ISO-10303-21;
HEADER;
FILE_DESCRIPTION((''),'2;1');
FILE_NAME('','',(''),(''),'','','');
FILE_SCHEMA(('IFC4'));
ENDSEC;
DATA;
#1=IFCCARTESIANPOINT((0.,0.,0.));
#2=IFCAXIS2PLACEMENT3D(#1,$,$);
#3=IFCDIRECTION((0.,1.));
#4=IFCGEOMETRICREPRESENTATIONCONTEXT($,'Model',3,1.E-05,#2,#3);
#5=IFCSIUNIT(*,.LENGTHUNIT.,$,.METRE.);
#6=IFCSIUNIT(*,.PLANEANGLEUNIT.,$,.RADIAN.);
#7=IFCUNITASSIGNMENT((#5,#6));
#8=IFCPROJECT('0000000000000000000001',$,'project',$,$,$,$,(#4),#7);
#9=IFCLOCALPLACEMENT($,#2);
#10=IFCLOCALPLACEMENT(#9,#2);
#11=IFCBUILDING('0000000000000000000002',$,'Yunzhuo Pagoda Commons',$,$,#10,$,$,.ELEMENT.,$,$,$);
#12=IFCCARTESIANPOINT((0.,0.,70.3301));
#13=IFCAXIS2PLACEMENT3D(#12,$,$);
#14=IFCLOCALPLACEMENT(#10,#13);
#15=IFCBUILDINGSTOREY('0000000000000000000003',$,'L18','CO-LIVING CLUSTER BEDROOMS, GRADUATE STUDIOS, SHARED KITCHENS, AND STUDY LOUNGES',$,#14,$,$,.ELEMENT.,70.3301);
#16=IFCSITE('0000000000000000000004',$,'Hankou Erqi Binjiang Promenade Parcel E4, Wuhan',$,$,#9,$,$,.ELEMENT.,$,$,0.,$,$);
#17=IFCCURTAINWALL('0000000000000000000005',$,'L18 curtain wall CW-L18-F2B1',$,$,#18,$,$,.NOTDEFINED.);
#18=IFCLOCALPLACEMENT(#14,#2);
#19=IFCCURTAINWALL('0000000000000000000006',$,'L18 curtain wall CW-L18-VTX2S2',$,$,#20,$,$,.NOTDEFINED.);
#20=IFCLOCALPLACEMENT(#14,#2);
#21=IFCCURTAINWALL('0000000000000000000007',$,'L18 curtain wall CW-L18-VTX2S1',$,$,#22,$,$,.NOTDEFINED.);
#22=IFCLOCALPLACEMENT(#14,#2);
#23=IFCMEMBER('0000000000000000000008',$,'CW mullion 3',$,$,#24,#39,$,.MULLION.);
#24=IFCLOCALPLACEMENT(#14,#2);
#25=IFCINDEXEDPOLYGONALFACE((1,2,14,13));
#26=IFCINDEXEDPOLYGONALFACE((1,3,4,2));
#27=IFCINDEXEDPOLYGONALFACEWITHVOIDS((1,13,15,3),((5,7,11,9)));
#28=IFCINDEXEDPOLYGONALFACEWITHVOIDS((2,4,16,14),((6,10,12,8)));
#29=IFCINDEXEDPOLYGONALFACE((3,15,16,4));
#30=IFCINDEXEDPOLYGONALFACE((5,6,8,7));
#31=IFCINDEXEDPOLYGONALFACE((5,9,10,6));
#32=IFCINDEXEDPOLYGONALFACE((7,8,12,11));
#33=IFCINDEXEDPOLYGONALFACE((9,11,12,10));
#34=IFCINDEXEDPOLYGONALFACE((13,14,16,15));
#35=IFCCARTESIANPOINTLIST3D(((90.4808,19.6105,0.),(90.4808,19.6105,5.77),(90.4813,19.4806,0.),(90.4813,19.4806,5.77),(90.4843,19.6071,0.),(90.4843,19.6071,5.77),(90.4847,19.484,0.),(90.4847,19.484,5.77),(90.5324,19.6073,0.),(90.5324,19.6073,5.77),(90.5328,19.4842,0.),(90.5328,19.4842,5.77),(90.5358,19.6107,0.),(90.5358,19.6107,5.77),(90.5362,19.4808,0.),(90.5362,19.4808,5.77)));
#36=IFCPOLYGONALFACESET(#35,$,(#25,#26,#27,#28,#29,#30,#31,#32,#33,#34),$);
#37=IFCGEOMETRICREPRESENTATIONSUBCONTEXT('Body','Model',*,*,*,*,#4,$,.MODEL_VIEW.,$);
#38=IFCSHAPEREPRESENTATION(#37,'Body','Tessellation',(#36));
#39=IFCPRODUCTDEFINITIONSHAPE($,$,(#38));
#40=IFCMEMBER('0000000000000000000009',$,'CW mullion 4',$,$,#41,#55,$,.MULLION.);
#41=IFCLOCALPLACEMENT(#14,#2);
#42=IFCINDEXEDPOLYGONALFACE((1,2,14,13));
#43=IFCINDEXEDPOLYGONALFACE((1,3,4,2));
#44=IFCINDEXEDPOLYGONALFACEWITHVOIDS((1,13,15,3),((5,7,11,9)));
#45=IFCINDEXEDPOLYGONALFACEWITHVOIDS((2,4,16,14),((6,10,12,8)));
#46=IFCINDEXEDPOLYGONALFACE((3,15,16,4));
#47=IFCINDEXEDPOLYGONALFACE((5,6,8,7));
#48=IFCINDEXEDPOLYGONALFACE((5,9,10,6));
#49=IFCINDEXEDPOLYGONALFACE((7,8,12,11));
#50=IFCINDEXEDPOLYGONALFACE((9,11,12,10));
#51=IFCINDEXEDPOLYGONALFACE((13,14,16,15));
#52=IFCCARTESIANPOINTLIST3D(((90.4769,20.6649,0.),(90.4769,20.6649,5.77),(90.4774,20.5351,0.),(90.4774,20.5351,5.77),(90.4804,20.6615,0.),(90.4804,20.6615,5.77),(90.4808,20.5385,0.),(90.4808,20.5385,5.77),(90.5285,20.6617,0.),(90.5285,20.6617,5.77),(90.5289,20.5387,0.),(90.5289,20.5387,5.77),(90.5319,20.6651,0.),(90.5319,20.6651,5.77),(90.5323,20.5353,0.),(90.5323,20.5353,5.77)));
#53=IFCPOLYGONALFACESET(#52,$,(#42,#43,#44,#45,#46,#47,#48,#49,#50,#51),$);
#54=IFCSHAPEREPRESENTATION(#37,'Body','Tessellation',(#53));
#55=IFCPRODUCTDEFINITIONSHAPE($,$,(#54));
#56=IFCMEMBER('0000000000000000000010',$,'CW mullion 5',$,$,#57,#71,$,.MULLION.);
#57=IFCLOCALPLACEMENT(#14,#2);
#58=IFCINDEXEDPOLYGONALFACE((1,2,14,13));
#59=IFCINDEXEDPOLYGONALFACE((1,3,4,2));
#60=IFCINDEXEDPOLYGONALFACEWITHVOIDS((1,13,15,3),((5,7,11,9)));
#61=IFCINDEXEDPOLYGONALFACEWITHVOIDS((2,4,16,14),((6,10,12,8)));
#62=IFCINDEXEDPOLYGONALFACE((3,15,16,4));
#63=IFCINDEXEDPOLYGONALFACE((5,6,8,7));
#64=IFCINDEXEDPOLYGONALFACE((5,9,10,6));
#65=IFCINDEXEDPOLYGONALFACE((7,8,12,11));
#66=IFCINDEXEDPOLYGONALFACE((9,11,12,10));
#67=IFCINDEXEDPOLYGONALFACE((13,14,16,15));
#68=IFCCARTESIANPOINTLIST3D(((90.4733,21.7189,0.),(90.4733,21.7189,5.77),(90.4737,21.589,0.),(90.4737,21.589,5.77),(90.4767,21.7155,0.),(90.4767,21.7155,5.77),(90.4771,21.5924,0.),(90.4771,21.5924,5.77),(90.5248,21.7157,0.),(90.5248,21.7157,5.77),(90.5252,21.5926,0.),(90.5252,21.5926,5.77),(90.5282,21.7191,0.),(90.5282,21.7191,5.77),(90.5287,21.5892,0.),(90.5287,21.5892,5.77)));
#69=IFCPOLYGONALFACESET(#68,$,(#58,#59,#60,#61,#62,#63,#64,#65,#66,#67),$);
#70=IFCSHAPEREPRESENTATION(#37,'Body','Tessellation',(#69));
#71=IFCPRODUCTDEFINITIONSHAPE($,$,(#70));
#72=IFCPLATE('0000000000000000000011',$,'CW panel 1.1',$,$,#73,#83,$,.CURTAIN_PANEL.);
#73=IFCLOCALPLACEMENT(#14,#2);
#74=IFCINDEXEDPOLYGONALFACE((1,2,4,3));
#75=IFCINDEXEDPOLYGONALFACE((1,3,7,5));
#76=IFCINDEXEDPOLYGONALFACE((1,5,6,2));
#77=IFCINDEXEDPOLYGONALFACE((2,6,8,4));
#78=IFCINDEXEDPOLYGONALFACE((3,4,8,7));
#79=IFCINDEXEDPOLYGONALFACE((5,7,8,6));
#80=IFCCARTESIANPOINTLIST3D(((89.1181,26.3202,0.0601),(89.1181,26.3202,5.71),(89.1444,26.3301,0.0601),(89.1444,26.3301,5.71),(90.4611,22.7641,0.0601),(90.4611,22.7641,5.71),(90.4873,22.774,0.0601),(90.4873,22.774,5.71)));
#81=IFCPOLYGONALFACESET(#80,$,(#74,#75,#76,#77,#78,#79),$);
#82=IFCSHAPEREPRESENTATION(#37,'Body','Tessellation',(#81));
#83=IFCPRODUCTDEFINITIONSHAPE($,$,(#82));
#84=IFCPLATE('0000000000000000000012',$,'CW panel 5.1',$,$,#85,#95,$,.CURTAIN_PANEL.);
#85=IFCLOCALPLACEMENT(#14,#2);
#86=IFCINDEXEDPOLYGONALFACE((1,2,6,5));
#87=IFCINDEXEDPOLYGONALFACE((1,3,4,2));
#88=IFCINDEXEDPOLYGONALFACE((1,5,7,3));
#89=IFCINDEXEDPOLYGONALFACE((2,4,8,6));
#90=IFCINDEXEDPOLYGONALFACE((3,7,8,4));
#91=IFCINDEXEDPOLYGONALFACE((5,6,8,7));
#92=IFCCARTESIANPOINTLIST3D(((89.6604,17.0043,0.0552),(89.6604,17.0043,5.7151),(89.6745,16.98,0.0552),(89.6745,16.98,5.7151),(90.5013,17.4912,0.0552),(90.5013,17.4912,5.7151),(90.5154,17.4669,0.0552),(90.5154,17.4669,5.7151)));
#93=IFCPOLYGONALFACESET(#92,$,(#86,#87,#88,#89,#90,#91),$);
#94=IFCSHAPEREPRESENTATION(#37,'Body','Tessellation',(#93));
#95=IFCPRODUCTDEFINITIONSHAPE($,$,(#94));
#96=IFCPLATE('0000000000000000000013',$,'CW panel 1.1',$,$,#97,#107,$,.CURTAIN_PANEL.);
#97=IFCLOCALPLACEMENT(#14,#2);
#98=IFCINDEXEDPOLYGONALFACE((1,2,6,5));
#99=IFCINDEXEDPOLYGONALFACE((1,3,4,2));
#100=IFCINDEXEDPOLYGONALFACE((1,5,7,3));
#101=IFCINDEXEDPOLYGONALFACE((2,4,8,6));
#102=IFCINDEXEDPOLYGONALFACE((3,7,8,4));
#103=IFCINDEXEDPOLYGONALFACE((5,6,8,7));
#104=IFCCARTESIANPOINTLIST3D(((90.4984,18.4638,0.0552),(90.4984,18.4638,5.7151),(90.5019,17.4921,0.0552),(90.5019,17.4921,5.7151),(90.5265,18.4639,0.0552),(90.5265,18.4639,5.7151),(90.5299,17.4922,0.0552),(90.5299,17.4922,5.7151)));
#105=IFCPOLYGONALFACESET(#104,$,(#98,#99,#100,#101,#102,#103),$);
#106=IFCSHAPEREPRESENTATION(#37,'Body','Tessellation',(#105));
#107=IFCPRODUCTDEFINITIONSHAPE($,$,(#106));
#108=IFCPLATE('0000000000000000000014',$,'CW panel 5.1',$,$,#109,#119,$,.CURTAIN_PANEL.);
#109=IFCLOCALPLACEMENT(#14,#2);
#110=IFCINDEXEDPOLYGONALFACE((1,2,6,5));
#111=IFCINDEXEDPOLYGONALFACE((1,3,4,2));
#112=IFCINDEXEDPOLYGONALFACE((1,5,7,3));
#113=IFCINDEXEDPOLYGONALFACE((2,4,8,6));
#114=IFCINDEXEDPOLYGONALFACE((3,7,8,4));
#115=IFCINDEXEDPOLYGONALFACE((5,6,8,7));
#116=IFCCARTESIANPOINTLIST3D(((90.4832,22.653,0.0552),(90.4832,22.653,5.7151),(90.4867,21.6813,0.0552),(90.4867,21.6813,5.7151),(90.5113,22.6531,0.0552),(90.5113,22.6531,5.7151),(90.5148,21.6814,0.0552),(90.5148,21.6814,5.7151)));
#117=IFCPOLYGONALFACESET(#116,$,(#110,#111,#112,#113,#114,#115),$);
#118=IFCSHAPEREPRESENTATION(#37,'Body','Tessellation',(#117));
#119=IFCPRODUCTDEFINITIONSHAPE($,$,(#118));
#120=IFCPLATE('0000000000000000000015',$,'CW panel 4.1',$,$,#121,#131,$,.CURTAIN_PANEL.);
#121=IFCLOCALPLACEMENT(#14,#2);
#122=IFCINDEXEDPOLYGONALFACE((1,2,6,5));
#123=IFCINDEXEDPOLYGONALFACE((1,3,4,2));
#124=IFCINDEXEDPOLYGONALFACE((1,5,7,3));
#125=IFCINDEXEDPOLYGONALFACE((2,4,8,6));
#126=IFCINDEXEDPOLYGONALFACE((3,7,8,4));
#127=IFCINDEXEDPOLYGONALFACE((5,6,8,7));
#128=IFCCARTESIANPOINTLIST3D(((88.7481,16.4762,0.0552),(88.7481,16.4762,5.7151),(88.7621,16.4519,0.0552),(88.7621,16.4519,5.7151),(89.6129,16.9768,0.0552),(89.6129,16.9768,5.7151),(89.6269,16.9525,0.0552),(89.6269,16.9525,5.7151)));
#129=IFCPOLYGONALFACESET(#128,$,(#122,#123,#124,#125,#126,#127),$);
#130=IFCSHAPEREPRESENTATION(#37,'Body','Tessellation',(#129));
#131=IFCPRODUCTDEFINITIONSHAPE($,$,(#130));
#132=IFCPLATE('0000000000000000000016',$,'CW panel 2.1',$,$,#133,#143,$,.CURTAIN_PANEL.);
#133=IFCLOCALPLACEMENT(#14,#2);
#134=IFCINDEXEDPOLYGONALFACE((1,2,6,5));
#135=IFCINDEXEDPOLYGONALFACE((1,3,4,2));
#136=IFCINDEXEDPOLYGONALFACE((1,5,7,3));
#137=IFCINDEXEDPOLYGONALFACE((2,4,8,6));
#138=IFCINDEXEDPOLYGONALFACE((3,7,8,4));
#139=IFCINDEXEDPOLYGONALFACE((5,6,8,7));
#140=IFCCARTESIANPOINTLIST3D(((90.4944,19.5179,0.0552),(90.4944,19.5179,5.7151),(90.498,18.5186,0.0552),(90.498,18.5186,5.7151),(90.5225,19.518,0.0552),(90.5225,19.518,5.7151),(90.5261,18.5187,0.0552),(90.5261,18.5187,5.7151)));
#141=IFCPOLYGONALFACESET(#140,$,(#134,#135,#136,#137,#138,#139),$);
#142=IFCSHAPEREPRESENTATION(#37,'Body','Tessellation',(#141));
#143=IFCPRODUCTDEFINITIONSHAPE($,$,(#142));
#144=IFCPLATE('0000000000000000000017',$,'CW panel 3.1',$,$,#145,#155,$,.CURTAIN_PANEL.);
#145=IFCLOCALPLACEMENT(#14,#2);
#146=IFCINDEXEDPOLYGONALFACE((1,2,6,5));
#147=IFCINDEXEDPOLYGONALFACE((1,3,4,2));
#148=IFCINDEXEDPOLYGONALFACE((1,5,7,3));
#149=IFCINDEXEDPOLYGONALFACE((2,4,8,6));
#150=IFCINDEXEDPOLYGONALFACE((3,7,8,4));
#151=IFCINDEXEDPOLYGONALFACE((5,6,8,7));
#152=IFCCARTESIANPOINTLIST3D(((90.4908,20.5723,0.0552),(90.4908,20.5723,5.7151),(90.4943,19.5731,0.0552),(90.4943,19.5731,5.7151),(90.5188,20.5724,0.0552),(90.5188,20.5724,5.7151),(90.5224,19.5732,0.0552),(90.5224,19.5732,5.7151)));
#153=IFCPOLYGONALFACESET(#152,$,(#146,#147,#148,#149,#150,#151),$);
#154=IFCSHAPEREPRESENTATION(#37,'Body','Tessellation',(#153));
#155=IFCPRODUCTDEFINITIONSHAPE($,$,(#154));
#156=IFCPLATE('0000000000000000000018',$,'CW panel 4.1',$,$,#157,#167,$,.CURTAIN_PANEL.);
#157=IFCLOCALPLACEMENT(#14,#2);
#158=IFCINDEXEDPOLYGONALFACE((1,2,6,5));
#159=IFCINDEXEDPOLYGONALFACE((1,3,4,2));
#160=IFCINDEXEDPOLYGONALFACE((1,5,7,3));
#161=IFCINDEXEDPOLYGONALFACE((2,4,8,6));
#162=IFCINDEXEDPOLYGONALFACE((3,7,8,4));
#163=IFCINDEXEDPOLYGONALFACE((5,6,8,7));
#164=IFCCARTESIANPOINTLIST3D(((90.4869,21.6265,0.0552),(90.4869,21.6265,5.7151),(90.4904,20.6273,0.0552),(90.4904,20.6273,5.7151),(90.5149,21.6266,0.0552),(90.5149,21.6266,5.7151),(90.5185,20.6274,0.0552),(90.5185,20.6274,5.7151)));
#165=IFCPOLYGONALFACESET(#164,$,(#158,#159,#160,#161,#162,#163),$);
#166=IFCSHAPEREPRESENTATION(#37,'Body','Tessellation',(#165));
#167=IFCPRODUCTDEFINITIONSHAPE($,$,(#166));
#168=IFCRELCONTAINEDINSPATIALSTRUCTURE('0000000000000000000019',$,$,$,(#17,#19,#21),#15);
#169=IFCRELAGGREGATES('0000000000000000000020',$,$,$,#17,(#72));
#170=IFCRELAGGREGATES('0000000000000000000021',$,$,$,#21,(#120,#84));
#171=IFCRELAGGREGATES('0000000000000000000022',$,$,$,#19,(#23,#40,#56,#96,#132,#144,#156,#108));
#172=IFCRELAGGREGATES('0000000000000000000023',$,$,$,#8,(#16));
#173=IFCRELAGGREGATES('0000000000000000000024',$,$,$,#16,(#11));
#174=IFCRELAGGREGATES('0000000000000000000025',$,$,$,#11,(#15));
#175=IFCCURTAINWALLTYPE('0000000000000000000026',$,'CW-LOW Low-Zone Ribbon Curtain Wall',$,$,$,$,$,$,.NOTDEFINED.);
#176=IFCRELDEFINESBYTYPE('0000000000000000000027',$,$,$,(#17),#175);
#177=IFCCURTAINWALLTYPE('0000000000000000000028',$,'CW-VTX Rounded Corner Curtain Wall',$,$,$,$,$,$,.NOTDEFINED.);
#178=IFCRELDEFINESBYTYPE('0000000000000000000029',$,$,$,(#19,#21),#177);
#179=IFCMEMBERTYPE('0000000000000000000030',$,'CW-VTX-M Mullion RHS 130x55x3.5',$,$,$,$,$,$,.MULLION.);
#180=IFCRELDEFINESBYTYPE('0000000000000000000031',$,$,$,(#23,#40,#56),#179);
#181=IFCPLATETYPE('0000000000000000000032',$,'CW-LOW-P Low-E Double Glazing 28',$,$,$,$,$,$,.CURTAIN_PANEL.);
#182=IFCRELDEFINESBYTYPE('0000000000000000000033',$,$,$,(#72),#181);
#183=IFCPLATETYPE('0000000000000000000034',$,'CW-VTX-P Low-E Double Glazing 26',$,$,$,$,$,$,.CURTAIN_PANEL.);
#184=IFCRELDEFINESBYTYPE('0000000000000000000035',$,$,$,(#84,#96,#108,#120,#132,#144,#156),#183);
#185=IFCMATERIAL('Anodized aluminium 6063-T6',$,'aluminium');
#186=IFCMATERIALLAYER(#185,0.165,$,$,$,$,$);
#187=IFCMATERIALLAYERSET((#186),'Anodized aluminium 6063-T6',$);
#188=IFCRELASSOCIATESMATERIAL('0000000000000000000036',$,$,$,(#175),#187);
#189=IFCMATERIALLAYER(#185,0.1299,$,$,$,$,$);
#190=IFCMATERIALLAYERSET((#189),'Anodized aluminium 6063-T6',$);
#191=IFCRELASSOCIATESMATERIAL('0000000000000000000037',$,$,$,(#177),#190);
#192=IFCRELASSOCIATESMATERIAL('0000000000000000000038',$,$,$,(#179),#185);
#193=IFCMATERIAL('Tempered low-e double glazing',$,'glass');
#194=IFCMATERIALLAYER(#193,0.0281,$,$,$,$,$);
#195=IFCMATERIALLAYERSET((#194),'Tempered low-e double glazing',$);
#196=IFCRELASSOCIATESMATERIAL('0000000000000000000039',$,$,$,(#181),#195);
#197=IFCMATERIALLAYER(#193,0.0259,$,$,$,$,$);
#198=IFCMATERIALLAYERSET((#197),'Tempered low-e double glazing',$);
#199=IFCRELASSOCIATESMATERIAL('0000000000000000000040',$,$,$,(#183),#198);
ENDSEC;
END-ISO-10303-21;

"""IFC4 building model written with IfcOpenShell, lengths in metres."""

from ifc_helpers import new_model, si_unit, direction, frame, origin, origin_2d, place, context, subcontext, project, spatial, rectangle, hollow_rectangle, extrude, source, transform, mapped, material, layer, layer_set, material_profile, profile_set, type_object, element, aggregate, save


model = new_model("IFC4")

# Units and contexts
model_context = context("Model", 3, precision=1e-05, world=origin(), true_north=direction((0.0, 1.0)))
body_context = subcontext(model_context, "Body", "Model", "MODEL_VIEW")
ifc_project = project(units=[si_unit("LENGTHUNIT", "METRE"), si_unit("PLANEANGLEUNIT", "RADIAN")], contexts=[model_context])

# Site, building, storey
site_placement = place(None, origin())
site = spatial("IfcSite", under=ifc_project, at=site_placement, Name="Hankou Erqi Binjiang Promenade Parcel E4, Wuhan", CompositionType="ELEMENT", RefElevation=0.0)
building_placement = place(site_placement, origin())
building = spatial("IfcBuilding", under=site, at=building_placement, Name="Yunzhuo Pagoda Commons", CompositionType="ELEMENT")
storey_placement = place(building_placement, frame((0.0, 0.0, 70.3301)))
storey = spatial("IfcBuildingStorey", under=building, at=storey_placement, Name="L18", Description="CO-LIVING CLUSTER BEDROOMS, GRADUATE STUDIOS, SHARED KITCHENS, AND STUDY LOUNGES", CompositionType="ELEMENT", Elevation=70.3301)

# Curtain walls
ifc_material_1 = material(Name="Anodized aluminium 6063-T6", Category="aluminium")
ifc_layer_1 = layer(ifc_material_1, 0.165)
ifc_layer_set_1 = layer_set([ifc_layer_1], Name="Anodized aluminium 6063-T6")
curtain_wall_type_1 = type_object("IfcCurtainWallType", Name="CW-LOW Low-Zone Ribbon Curtain Wall", PredefinedType="NOTDEFINED", material=ifc_layer_set_1)
curtain_wall_1_placement = place(storey_placement, origin())
curtain_wall_1 = element("IfcCurtainWall", 1, at=curtain_wall_1_placement, inside=storey, type_object=curtain_wall_type_1, Name="L18 curtain wall CW-L18-F2B1", PredefinedType="NOTDEFINED")
ifc_layer_2 = layer(ifc_material_1, 0.1299)
ifc_layer_set_2 = layer_set([ifc_layer_2], Name="Anodized aluminium 6063-T6")
curtain_wall_type_2 = type_object("IfcCurtainWallType", Name="CW-VTX Rounded Corner Curtain Wall", PredefinedType="NOTDEFINED", material=ifc_layer_set_2)
curtain_wall_2_placement = place(storey_placement, origin())
curtain_wall_2 = element("IfcCurtainWall", 2, at=curtain_wall_2_placement, inside=storey, type_object=curtain_wall_type_2, Name="L18 curtain wall CW-L18-VTX2S2", PredefinedType="NOTDEFINED")
curtain_wall_3_placement = place(storey_placement, origin())
curtain_wall_3 = element("IfcCurtainWall", 3, at=curtain_wall_3_placement, inside=storey, type_object=curtain_wall_type_2, Name="L18 curtain wall CW-L18-VTX2S1", PredefinedType="NOTDEFINED")

# Members
ifc_material_profile_1 = material_profile(ifc_material_1, hollow_rectangle(XDim=0.0549, YDim=0.1299, WallThickness=0.0034, at=origin_2d()), Name="Anodized aluminium 6063-T6")
ifc_profile_set_1 = profile_set([ifc_material_profile_1], Name="Anodized aluminium 6063-T6")
member_type_1 = type_object("IfcMemberType", Name="CW-VTX-M Mullion RHS 130x55x3.5", PredefinedType="MULLION", material=ifc_profile_set_1)
shared_shape_1 = source(origin(), body_context, "Body", "SweptSolid", [
    extrude(hollow_rectangle(XDim=0.0549, YDim=0.1299, WallThickness=0.0034, at=origin_2d()), origin(), (0.0, 0.0, 1.0), 5.77),
])
member_1_placement = place(storey_placement, frame((90.5085, 19.5457, 0.0), z_axis=(0.0, 0.0, 1.0), x_axis=(-0.999994, -0.003586, 0.0)))
member_1 = element("IfcMember", 4, at=member_1_placement, type_object=member_type_1, Name="CW mullion 3", PredefinedType="MULLION", context=body_context, shape_type="MappedRepresentation", body=[
    mapped(shared_shape_1, transform((0.0, 0.0, 0.0), scale=1.0)),
])
member_2_placement = place(storey_placement, frame((90.5046, 20.6001, 0.0), z_axis=(0.0, 0.0, 1.0), x_axis=(-0.999994, -0.003586, 0.0)))
member_2 = element("IfcMember", 5, at=member_2_placement, type_object=member_type_1, Name="CW mullion 4", PredefinedType="MULLION", context=body_context, shape_type="MappedRepresentation", body=[
    mapped(shared_shape_1, transform((0.0, 0.0, 0.0), scale=1.0)),
])
member_3_placement = place(storey_placement, frame((90.501, 21.6541, 0.0), z_axis=(0.0, 0.0, 1.0), x_axis=(-0.999994, -0.003586, 0.0)))
member_3 = element("IfcMember", 6, at=member_3_placement, type_object=member_type_1, Name="CW mullion 5", PredefinedType="MULLION", context=body_context, shape_type="MappedRepresentation", body=[
    mapped(shared_shape_1, transform((0.0, 0.0, 0.0), scale=1.0)),
])

# Plates
ifc_material_2 = material(Name="Tempered low-e double glazing", Category="glass")
ifc_layer_3 = layer(ifc_material_2, 0.0281)
ifc_layer_set_3 = layer_set([ifc_layer_3], Name="Tempered low-e double glazing")
plate_type_1 = type_object("IfcPlateType", Name="CW-LOW-P Low-E Double Glazing 28", PredefinedType="CURTAIN_PANEL", material=ifc_layer_set_3)
shared_shape_2 = source(origin(), body_context, "Body", "SweptSolid", [
    extrude(rectangle(XDim=3.8013, YDim=0.0281, at=origin_2d()), origin(), (0.0, 0.0, 1.0), 5.6499),
])
plate_1_placement = place(storey_placement, frame((89.8027, 24.5471, 0.0601), z_axis=(0.0, 0.0, 1.0), x_axis=(-0.353291, 0.935513, 0.0)))
plate_1 = element("IfcPlate", 7, at=plate_1_placement, type_object=plate_type_1, Name="CW panel 1.1", PredefinedType="CURTAIN_PANEL", context=body_context, shape_type="MappedRepresentation", body=[
    mapped(shared_shape_2, transform((0.0, 0.0, 0.0), scale=1.0)),
])
aggregate(curtain_wall_1, [plate_1])
ifc_layer_4 = layer(ifc_material_2, 0.0259)
ifc_layer_set_4 = layer_set([ifc_layer_4], Name="Tempered low-e double glazing")
plate_type_2 = type_object("IfcPlateType", Name="CW-VTX-P Low-E Double Glazing 26", PredefinedType="CURTAIN_PANEL", material=ifc_layer_set_4)
shared_shape_3 = source(origin(), body_context, "Body", "SweptSolid", [
    extrude(rectangle(XDim=0.9717, YDim=0.0281, at=origin_2d()), origin(), (0.0, 0.0, 1.0), 5.6599),
])
plate_2_placement = place(storey_placement, frame((90.0879, 17.2356, 0.0552), z_axis=(0.0, 0.0, 1.0), x_axis=(0.865425, 0.501039, 0.0)))
plate_2 = element("IfcPlate", 8, at=plate_2_placement, type_object=plate_type_2, Name="CW panel 5.1", PredefinedType="CURTAIN_PANEL", context=body_context, shape_type="MappedRepresentation", body=[
    mapped(shared_shape_3, transform((0.0, 0.0, 0.0), scale=1.0)),
])
plate_3_placement = place(storey_placement, frame((90.5142, 17.978, 0.0552), z_axis=(0.0, 0.0, 1.0), x_axis=(-0.003586, 0.999994, 0.0)))
plate_3 = element("IfcPlate", 9, at=plate_3_placement, type_object=plate_type_2, Name="CW panel 1.1", PredefinedType="CURTAIN_PANEL", context=body_context, shape_type="MappedRepresentation", body=[
    mapped(shared_shape_3, transform((0.0, 0.0, 0.0), scale=1.0)),
])
plate_4_placement = place(storey_placement, frame((90.499, 22.1672, 0.0552), z_axis=(0.0, 0.0, 1.0), x_axis=(-0.003586, 0.999994, 0.0)))
plate_4 = element("IfcPlate", 10, at=plate_4_placement, type_object=plate_type_2, Name="CW panel 5.1", PredefinedType="CURTAIN_PANEL", context=body_context, shape_type="MappedRepresentation", body=[
    mapped(shared_shape_3, transform((0.0, 0.0, 0.0), scale=1.0)),
])
shared_shape_4 = source(origin(), body_context, "Body", "SweptSolid", [
    extrude(rectangle(XDim=0.9993, YDim=0.0281, at=origin_2d()), origin(), (0.0, 0.0, 1.0), 5.6599),
])
plate_5_placement = place(storey_placement, frame((89.1875, 16.7144, 0.0552), z_axis=(0.0, 0.0, 1.0), x_axis=(0.865425, 0.501039, 0.0)))
plate_5 = element("IfcPlate", 11, at=plate_5_placement, type_object=plate_type_2, Name="CW panel 4.1", PredefinedType="CURTAIN_PANEL", context=body_context, shape_type="MappedRepresentation", body=[
    mapped(shared_shape_4, transform((0.0, 0.0, 0.0), scale=1.0)),
])
aggregate(curtain_wall_3, [plate_5, plate_2])
plate_6_placement = place(storey_placement, frame((90.5103, 19.0183, 0.0552), z_axis=(0.0, 0.0, 1.0), x_axis=(-0.003586, 0.999994, 0.0)))
plate_6 = element("IfcPlate", 12, at=plate_6_placement, type_object=plate_type_2, Name="CW panel 2.1", PredefinedType="CURTAIN_PANEL", context=body_context, shape_type="MappedRepresentation", body=[
    mapped(shared_shape_4, transform((0.0, 0.0, 0.0), scale=1.0)),
])
plate_7_placement = place(storey_placement, frame((90.5066, 20.0728, 0.0552), z_axis=(0.0, 0.0, 1.0), x_axis=(-0.003586, 0.999994, 0.0)))
plate_7 = element("IfcPlate", 13, at=plate_7_placement, type_object=plate_type_2, Name="CW panel 3.1", PredefinedType="CURTAIN_PANEL", context=body_context, shape_type="MappedRepresentation", body=[
    mapped(shared_shape_4, transform((0.0, 0.0, 0.0), scale=1.0)),
])
plate_8_placement = place(storey_placement, frame((90.5027, 21.127, 0.0552), z_axis=(0.0, 0.0, 1.0), x_axis=(-0.003586, 0.999994, 0.0)))
plate_8 = element("IfcPlate", 14, at=plate_8_placement, type_object=plate_type_2, Name="CW panel 4.1", PredefinedType="CURTAIN_PANEL", context=body_context, shape_type="MappedRepresentation", body=[
    mapped(shared_shape_4, transform((0.0, 0.0, 0.0), scale=1.0)),
])
aggregate(curtain_wall_2, [member_1, member_2, member_3, plate_3, plate_6, plate_7, plate_8, plate_4])

save(model, "model.ifc")
